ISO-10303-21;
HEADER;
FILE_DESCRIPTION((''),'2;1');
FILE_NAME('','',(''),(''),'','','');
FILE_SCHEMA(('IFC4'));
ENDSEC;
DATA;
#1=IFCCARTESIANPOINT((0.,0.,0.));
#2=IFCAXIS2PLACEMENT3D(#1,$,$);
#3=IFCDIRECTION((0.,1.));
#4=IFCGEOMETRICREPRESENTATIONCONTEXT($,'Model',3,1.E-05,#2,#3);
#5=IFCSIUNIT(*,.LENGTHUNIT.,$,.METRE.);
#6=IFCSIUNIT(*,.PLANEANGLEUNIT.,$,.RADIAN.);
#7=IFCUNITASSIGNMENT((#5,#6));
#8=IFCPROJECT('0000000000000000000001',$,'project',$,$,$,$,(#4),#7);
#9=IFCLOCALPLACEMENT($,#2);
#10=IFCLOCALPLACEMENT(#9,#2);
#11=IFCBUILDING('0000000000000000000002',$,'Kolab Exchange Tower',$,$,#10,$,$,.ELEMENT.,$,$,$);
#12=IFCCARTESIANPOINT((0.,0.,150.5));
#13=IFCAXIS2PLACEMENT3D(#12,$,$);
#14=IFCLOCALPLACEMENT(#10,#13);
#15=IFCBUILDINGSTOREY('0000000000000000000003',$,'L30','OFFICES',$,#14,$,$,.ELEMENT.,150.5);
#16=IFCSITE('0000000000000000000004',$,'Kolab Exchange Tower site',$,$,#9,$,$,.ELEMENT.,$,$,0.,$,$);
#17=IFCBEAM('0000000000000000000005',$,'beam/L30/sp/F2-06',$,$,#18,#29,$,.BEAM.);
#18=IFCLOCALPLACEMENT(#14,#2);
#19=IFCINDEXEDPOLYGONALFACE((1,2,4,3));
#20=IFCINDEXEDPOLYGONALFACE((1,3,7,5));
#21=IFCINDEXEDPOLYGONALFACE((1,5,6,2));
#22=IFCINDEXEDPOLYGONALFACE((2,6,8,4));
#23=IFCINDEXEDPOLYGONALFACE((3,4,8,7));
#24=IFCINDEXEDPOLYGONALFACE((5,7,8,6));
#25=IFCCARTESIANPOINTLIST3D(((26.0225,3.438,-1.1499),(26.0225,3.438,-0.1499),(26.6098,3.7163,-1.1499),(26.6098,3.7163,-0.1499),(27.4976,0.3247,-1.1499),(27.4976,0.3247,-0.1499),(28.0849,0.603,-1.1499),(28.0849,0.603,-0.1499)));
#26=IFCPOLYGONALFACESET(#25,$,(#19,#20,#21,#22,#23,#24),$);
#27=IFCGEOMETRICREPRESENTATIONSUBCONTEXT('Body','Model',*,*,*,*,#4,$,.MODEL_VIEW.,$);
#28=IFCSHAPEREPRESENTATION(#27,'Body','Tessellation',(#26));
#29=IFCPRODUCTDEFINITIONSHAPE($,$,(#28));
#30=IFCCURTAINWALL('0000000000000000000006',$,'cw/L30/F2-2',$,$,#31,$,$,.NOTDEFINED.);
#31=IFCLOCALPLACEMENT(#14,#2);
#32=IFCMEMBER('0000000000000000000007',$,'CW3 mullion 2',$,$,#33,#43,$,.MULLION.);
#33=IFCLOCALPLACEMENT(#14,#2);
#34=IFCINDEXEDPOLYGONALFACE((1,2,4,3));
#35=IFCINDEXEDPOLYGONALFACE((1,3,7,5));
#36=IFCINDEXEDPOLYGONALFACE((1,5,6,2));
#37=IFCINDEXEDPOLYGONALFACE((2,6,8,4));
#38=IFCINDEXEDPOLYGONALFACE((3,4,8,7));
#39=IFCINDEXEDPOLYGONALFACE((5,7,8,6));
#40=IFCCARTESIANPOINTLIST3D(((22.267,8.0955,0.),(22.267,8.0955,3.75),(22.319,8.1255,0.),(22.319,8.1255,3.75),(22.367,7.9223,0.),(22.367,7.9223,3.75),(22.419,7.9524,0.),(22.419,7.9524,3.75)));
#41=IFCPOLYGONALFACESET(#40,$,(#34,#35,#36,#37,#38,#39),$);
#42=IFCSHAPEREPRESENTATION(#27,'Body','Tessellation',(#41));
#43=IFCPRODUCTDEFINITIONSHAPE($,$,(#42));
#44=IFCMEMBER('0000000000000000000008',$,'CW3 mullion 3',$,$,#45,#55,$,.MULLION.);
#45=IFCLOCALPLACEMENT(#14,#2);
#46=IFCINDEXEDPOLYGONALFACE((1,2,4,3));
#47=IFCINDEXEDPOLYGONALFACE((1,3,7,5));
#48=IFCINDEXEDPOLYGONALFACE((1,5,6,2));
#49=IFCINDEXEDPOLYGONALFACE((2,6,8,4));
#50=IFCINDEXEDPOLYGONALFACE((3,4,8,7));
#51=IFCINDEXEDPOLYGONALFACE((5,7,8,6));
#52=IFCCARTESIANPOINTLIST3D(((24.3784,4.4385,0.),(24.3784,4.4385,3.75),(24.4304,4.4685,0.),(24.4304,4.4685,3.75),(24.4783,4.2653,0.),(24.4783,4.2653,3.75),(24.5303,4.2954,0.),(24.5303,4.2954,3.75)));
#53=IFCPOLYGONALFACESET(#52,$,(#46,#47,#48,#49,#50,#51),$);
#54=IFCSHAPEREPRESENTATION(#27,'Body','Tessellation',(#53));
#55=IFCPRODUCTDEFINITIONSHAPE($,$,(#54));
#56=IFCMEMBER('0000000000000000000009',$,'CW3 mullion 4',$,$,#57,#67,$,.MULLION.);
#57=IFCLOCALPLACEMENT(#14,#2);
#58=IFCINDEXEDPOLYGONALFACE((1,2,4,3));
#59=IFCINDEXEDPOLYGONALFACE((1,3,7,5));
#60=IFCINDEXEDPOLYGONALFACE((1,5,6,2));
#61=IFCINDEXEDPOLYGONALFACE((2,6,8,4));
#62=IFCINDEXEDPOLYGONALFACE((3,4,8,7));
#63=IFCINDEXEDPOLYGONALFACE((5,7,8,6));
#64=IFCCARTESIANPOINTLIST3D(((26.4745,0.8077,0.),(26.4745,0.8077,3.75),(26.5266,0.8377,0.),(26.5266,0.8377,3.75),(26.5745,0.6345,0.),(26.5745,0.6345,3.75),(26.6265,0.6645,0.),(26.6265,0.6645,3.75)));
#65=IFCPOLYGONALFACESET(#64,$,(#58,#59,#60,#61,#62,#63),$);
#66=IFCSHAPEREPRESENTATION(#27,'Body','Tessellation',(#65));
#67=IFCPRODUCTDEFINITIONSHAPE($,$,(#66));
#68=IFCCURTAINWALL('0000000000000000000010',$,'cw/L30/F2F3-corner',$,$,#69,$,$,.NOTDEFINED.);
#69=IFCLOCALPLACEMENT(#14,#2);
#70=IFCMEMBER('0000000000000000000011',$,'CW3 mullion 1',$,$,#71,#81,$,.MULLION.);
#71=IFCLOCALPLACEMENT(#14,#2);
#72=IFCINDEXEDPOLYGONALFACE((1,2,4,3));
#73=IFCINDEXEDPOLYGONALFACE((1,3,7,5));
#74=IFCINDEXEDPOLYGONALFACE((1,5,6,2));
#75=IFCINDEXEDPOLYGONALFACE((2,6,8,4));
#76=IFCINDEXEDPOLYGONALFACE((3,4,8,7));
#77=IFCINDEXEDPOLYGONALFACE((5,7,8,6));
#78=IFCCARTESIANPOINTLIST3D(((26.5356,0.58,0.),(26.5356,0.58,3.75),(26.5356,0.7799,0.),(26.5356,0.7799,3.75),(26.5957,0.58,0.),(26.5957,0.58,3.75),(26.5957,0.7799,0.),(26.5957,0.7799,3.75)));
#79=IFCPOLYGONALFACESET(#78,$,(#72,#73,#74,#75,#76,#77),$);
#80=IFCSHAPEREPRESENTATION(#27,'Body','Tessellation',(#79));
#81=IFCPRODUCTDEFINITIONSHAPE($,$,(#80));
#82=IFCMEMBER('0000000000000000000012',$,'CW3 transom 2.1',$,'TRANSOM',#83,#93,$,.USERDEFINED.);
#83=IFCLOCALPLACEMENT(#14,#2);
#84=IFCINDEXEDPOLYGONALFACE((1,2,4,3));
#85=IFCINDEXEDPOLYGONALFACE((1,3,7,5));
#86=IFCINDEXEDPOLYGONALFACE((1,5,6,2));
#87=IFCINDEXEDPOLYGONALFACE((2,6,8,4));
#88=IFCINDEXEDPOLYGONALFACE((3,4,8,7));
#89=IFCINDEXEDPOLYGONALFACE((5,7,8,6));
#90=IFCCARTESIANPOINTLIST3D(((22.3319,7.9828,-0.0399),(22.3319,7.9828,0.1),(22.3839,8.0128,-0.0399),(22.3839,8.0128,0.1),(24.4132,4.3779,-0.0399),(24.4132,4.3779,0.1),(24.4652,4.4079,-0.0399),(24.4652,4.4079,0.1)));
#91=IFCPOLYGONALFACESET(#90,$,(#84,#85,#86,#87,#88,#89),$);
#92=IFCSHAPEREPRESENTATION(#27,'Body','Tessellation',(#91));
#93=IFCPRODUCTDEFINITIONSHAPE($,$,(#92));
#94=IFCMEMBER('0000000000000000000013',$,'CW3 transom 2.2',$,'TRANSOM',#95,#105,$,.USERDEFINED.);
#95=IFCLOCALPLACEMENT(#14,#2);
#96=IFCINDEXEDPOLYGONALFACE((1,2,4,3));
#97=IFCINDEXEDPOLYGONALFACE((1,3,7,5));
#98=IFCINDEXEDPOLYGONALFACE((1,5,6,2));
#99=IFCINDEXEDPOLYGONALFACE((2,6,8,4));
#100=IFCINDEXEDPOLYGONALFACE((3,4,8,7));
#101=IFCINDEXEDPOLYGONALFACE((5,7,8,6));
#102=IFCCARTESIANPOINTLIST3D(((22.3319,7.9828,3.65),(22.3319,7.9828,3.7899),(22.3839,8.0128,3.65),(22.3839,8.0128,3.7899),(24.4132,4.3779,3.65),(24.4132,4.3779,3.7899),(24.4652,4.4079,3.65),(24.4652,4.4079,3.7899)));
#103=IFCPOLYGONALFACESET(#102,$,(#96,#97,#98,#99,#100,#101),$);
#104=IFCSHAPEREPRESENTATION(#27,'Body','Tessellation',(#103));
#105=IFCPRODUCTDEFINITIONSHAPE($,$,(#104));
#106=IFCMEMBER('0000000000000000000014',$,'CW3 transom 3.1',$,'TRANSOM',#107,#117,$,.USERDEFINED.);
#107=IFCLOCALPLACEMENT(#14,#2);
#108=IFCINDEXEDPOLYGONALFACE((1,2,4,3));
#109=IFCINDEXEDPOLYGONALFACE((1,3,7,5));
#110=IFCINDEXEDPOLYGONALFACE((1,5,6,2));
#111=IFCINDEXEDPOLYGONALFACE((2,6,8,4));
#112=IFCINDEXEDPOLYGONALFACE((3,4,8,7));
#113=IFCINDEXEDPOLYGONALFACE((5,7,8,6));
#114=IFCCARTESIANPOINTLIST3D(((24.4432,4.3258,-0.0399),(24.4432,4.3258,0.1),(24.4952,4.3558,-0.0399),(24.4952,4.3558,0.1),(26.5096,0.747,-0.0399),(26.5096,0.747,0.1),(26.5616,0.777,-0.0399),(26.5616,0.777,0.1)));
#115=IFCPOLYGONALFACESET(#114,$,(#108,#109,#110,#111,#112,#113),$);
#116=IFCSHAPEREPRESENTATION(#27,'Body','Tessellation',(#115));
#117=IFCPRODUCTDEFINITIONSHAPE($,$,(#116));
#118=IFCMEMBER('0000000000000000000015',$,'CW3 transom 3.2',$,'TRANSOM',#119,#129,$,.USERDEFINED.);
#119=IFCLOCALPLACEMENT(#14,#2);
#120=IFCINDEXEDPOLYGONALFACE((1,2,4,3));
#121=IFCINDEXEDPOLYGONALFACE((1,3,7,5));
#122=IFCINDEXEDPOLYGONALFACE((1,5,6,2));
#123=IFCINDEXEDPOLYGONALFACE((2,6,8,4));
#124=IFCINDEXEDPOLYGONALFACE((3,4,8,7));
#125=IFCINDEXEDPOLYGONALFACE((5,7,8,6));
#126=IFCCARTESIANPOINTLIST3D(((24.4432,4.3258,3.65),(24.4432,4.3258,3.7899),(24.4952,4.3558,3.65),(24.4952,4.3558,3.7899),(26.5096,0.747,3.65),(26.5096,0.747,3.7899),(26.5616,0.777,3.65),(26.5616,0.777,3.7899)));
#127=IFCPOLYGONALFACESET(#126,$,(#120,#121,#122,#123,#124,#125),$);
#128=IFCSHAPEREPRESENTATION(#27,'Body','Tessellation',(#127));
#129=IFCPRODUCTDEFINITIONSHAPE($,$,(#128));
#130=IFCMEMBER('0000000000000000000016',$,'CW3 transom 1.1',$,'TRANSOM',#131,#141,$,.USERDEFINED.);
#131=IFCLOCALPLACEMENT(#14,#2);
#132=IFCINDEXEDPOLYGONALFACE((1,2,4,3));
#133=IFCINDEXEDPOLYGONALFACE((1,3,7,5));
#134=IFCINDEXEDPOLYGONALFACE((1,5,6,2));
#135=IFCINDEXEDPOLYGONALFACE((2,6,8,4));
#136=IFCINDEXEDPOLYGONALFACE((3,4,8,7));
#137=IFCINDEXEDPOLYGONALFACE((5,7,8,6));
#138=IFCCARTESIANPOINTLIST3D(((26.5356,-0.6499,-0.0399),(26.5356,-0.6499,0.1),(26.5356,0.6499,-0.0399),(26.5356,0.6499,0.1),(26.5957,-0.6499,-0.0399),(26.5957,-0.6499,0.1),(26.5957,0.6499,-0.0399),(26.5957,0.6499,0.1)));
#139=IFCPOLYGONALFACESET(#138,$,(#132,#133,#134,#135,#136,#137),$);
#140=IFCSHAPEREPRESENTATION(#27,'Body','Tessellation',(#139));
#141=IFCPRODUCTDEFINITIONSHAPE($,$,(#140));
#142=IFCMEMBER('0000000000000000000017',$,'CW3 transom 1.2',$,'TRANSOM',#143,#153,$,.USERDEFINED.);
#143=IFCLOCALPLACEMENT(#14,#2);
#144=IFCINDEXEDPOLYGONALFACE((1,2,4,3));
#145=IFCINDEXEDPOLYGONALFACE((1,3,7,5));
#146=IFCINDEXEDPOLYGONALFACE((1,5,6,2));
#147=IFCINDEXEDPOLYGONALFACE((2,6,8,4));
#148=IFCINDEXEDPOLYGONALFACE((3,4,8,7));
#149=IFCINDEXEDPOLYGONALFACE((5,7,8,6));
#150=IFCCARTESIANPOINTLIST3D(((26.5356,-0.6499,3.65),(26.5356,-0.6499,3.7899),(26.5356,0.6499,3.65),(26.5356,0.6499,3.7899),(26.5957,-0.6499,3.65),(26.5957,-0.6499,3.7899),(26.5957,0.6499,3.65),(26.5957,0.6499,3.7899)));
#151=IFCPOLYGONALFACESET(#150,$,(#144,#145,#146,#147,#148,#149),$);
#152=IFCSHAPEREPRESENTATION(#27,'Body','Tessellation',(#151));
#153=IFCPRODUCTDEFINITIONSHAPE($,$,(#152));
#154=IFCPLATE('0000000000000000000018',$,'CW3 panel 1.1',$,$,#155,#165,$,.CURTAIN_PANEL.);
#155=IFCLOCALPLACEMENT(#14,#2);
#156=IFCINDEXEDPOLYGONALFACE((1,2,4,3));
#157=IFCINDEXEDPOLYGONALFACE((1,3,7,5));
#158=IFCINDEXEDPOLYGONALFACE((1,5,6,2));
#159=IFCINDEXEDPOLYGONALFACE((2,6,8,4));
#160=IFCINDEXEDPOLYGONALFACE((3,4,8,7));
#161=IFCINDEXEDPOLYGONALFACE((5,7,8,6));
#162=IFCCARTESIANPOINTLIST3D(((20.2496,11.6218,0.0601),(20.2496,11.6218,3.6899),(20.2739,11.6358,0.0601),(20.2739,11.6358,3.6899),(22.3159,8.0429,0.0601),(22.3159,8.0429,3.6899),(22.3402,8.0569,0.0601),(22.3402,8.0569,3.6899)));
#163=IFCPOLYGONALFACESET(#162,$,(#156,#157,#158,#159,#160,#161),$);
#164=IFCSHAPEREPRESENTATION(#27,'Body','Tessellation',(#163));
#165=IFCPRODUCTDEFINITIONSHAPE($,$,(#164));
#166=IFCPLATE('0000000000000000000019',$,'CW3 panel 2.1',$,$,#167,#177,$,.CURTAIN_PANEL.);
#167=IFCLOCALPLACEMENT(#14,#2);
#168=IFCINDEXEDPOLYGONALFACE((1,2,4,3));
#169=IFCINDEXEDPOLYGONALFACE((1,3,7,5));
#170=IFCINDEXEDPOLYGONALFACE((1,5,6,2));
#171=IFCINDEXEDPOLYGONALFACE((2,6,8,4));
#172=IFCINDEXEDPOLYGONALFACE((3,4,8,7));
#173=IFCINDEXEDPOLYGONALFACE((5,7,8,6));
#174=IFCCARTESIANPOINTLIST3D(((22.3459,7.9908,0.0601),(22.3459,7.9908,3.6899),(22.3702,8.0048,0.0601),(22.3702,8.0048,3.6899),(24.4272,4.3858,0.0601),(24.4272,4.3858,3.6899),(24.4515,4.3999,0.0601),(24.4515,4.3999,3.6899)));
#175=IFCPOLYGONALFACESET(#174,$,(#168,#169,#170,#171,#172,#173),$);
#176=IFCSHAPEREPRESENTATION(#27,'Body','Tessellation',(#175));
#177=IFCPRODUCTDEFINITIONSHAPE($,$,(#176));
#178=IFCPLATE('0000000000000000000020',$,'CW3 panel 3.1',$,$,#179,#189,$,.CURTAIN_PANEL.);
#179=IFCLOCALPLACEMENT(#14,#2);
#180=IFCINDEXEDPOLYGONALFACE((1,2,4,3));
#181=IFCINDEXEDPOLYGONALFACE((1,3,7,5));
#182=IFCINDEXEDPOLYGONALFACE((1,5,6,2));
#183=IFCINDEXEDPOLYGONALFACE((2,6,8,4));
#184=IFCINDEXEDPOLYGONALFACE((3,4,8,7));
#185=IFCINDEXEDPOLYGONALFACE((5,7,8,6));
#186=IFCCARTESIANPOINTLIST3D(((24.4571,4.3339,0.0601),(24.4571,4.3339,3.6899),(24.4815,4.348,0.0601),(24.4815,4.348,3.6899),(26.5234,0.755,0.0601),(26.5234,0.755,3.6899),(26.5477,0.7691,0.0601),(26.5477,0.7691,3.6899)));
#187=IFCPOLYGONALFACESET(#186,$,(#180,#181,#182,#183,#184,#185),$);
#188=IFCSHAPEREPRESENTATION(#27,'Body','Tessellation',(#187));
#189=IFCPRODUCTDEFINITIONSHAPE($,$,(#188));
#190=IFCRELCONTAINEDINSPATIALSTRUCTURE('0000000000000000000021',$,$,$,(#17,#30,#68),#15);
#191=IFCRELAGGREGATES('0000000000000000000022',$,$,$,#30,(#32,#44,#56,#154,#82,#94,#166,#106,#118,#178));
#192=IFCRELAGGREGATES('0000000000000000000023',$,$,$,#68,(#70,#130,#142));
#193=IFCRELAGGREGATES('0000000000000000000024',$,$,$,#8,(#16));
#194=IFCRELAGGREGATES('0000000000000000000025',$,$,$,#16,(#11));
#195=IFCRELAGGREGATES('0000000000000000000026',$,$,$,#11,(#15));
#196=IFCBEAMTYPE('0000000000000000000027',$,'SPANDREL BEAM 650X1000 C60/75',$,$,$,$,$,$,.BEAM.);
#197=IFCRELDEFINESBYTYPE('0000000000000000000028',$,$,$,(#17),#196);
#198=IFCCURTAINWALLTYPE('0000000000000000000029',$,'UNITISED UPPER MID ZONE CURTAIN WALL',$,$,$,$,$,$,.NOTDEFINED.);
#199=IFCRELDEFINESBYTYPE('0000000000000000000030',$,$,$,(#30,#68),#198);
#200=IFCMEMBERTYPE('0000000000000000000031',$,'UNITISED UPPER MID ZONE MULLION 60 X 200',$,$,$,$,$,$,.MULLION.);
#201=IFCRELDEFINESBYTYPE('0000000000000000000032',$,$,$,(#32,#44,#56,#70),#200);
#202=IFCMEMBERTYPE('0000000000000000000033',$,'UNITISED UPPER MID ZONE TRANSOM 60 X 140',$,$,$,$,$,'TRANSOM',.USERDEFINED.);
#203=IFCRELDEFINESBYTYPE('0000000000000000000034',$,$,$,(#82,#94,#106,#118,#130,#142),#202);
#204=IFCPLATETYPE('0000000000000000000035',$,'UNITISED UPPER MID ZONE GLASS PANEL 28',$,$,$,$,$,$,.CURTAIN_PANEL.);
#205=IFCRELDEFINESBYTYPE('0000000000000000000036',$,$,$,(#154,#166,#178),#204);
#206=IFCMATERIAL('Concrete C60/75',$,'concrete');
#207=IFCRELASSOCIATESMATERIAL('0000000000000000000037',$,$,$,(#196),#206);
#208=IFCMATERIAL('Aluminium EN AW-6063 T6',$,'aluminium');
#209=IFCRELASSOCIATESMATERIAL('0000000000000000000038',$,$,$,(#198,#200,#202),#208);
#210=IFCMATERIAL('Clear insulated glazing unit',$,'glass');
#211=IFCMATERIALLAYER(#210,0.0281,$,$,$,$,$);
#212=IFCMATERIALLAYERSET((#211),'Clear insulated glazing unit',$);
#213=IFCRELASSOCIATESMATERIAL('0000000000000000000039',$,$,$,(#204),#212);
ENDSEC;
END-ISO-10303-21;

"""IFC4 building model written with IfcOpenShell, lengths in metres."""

from ifc_helpers import new_model, si_unit, direction, frame, origin, origin_2d, place, context, subcontext, project, spatial, rectangle, extrude, material, layer, layer_set, material_profile, profile_set, type_object, element, aggregate, save


model = new_model("IFC4")

# Units and contexts
model_context = context("Model", 3, precision=1e-05, world=origin(), true_north=direction((0.0, 1.0)))
body_context = subcontext(model_context, "Body", "Model", "MODEL_VIEW")
ifc_project = project(units=[si_unit("LENGTHUNIT", "METRE"), si_unit("PLANEANGLEUNIT", "RADIAN")], contexts=[model_context])

# Site, building, storey
site_placement = place(None, origin())
site = spatial("IfcSite", under=ifc_project, at=site_placement, Name="Kolab Exchange Tower site", CompositionType="ELEMENT", RefElevation=0.0)
building_placement = place(site_placement, origin())
building = spatial("IfcBuilding", under=site, at=building_placement, Name="Kolab Exchange Tower", CompositionType="ELEMENT")
storey_placement = place(building_placement, frame((0.0, 0.0, 150.5)))
storey = spatial("IfcBuildingStorey", under=building, at=storey_placement, Name="L30", Description="OFFICES", CompositionType="ELEMENT", Elevation=150.5)

# Shared definitions
ifc_material_1 = material(Name="Concrete C60/75", Category="concrete")

# Beam
ifc_material_profile_1 = material_profile(ifc_material_1, rectangle(XDim=0.6499, YDim=1.0, at=origin_2d()), Name="RC650X1000")
ifc_profile_set_1 = profile_set([ifc_material_profile_1], Name="Concrete C60/75")
beam_type_1 = type_object("IfcBeamType", Name="SPANDREL BEAM 650X1000 C60/75", PredefinedType="BEAM", material=ifc_profile_set_1)
beam_1_placement = place(storey_placement, frame((26.3162, 3.5771, -0.6499), z_axis=(0.428178, -0.903695, 0.0), x_axis=(0.903695, 0.428178, 0.0)))
element("IfcBeam", 1, at=beam_1_placement, inside=storey, type_object=beam_type_1, Name="beam/L30/sp/F2-06", PredefinedType="BEAM", context=body_context, shape_type="SweptSolid", body=[
    extrude(rectangle(XDim=0.6499, YDim=1.0, at=origin_2d()), origin(), (0.0, 0.0, 1.0), 3.4451),
])

# Curtain wall, members
ifc_material_2 = material(Name="Aluminium EN AW-6063 T6", Category="aluminium")
curtain_wall_type = type_object("IfcCurtainWallType", Name="UNITISED UPPER MID ZONE CURTAIN WALL", PredefinedType="NOTDEFINED", material=ifc_material_2)
curtain_wall_1_placement = place(storey_placement, origin())
curtain_wall_1 = element("IfcCurtainWall", 2, at=curtain_wall_1_placement, inside=storey, type_object=curtain_wall_type, Name="cw/L30/F2-2", PredefinedType="NOTDEFINED")
ifc_material_profile_2 = material_profile(ifc_material_2, rectangle(XDim=0.0601, YDim=0.2, at=origin_2d()), Name="RECT 60X200")
ifc_profile_set_2 = profile_set([ifc_material_profile_2], Name="Aluminium EN AW-6063 T6")
member_type_1 = type_object("IfcMemberType", Name="UNITISED UPPER MID ZONE MULLION 60 X 200", PredefinedType="MULLION", material=ifc_profile_set_2)
member_1_placement = place(storey_placement, frame((22.343, 8.0239, 0.0), z_axis=(0.0, 0.0, 1.0), x_axis=(0.866025, 0.5, 0.0)))
member_1 = element("IfcMember", 3, at=member_1_placement, type_object=member_type_1, Name="CW3 mullion 2", PredefinedType="MULLION", context=body_context, shape_type="SweptSolid", body=[
    extrude(rectangle(XDim=0.0601, YDim=0.2, at=origin_2d()), origin(), (0.0, 0.0, 1.0), 3.75),
])
member_2_placement = place(storey_placement, frame((24.4543, 4.3669, 0.0), z_axis=(0.0, 0.0, 1.0), x_axis=(0.866025, 0.5, 0.0)))
member_2 = element("IfcMember", 4, at=member_2_placement, type_object=member_type_1, Name="CW3 mullion 3", PredefinedType="MULLION", context=body_context, shape_type="SweptSolid", body=[
    extrude(rectangle(XDim=0.0601, YDim=0.2, at=origin_2d()), origin(), (0.0, 0.0, 1.0), 3.75),
])
member_3_placement = place(storey_placement, frame((26.5505, 0.7361, 0.0), z_axis=(0.0, 0.0, 1.0), x_axis=(0.866025, 0.5, 0.0)))
member_3 = element("IfcMember", 5, at=member_3_placement, type_object=member_type_1, Name="CW3 mullion 4", PredefinedType="MULLION", context=body_context, shape_type="SweptSolid", body=[
    extrude(rectangle(XDim=0.0601, YDim=0.2, at=origin_2d()), origin(), (0.0, 0.0, 1.0), 3.75),
])

# Curtain wall, member
curtain_wall_2_placement = place(storey_placement, origin())
curtain_wall_2 = element("IfcCurtainWall", 6, at=curtain_wall_2_placement, inside=storey, type_object=curtain_wall_type, Name="cw/L30/F2F3-corner", PredefinedType="NOTDEFINED")
member_4_placement = place(storey_placement, frame((26.5657, 0.6799, 0.0), z_axis=(0.0, 0.0, 1.0), x_axis=(1.0, 0.0, 0.0)))
member_4 = element("IfcMember", 7, at=member_4_placement, type_object=member_type_1, Name="CW3 mullion 1", PredefinedType="MULLION", context=body_context, shape_type="SweptSolid", body=[
    extrude(rectangle(XDim=0.0601, YDim=0.2, at=origin_2d()), origin(), (0.0, 0.0, 1.0), 3.75),
])

# Members
ifc_material_profile_3 = material_profile(ifc_material_2, rectangle(XDim=0.0601, YDim=0.1399, at=origin_2d()), Name="RECT 60X140")
ifc_profile_set_3 = profile_set([ifc_material_profile_3], Name="Aluminium EN AW-6063 T6")
member_type_2 = type_object("IfcMemberType", Name="UNITISED UPPER MID ZONE TRANSOM 60 X 140", ElementType="TRANSOM", PredefinedType="USERDEFINED", material=ifc_profile_set_3)
member_5_placement = place(storey_placement, frame((22.3579, 7.9978, 0.03), z_axis=(0.499993, -0.866029, 0.0), x_axis=(0.866029, 0.499993, 0.0)))
member_5 = element("IfcMember", 8, at=member_5_placement, type_object=member_type_2, Name="CW3 transom 2.1", ObjectType="TRANSOM", PredefinedType="USERDEFINED", context=body_context, shape_type="SweptSolid", body=[
    extrude(rectangle(XDim=0.0601, YDim=0.1399, at=origin_2d()), origin(), (0.0, 0.0, 1.0), 4.1626),
])
member_6_placement = place(storey_placement, frame((22.3579, 7.9978, 3.72), z_axis=(0.499993, -0.866029, 0.0), x_axis=(0.866029, 0.499993, 0.0)))
member_6 = element("IfcMember", 9, at=member_6_placement, type_object=member_type_2, Name="CW3 transom 2.2", ObjectType="TRANSOM", PredefinedType="USERDEFINED", context=body_context, shape_type="SweptSolid", body=[
    extrude(rectangle(XDim=0.0601, YDim=0.1399, at=origin_2d()), origin(), (0.0, 0.0, 1.0), 4.1626),
])
member_7_placement = place(storey_placement, frame((24.4692, 4.3408, 0.03), z_axis=(0.500028, -0.866009, 0.0), x_axis=(0.866009, 0.500028, 0.0)))
member_7 = element("IfcMember", 10, at=member_7_placement, type_object=member_type_2, Name="CW3 transom 3.1", ObjectType="TRANSOM", PredefinedType="USERDEFINED", context=body_context, shape_type="SweptSolid", body=[
    extrude(rectangle(XDim=0.0601, YDim=0.1399, at=origin_2d()), origin(), (0.0, 0.0, 1.0), 4.1326),
])
member_8_placement = place(storey_placement, frame((24.4692, 4.3408, 3.72), z_axis=(0.500028, -0.866009, 0.0), x_axis=(0.866009, 0.500028, 0.0)))
member_8 = element("IfcMember", 11, at=member_8_placement, type_object=member_type_2, Name="CW3 transom 3.2", ObjectType="TRANSOM", PredefinedType="USERDEFINED", context=body_context, shape_type="SweptSolid", body=[
    extrude(rectangle(XDim=0.0601, YDim=0.1399, at=origin_2d()), origin(), (0.0, 0.0, 1.0), 4.1326),
])
member_9_placement = place(storey_placement, frame((26.5657, 0.6499, 0.03), z_axis=(0.0, -1.0, 0.0), x_axis=(1.0, 0.0, 0.0)))
member_9 = element("IfcMember", 12, at=member_9_placement, type_object=member_type_2, Name="CW3 transom 1.1", ObjectType="TRANSOM", PredefinedType="USERDEFINED", context=body_context, shape_type="SweptSolid", body=[
    extrude(rectangle(XDim=0.0601, YDim=0.1399, at=origin_2d()), origin(), (0.0, 0.0, 1.0), 1.2998),
])
member_10_placement = place(storey_placement, frame((26.5657, 0.6499, 3.72), z_axis=(0.0, -1.0, 0.0), x_axis=(1.0, 0.0, 0.0)))
member_10 = element("IfcMember", 13, at=member_10_placement, type_object=member_type_2, Name="CW3 transom 1.2", ObjectType="TRANSOM", PredefinedType="USERDEFINED", context=body_context, shape_type="SweptSolid", body=[
    extrude(rectangle(XDim=0.0601, YDim=0.1399, at=origin_2d()), origin(), (0.0, 0.0, 1.0), 1.2998),
])

# Plates
ifc_material_3 = material(Name="Clear insulated glazing unit", Category="glass")
ifc_layer_1 = layer(ifc_material_3, 0.0281)
ifc_layer_set_1 = layer_set([ifc_layer_1], Name="Clear insulated glazing unit")
plate_type = type_object("IfcPlateType", Name="UNITISED UPPER MID ZONE GLASS PANEL 28", PredefinedType="CURTAIN_PANEL", material=ifc_layer_set_1)
plate_1_placement = place(storey_placement, frame((21.2949, 9.8394, 0.0601), z_axis=(0.0, 0.0, 1.0), x_axis=(0.5, -0.866025, 0.0)))
plate_1 = element("IfcPlate", 14, at=plate_1_placement, type_object=plate_type, Name="CW3 panel 1.1", PredefinedType="CURTAIN_PANEL", context=body_context, shape_type="SweptSolid", body=[
    extrude(rectangle(XDim=4.1326, YDim=0.0281, at=origin_2d()), origin(), (0.0, 0.0, 1.0), 3.6299),
])
plate_2_placement = place(storey_placement, frame((23.3987, 6.1953, 0.0601), z_axis=(0.0, 0.0, 1.0), x_axis=(0.5, -0.866025, 0.0)))
plate_2 = element("IfcPlate", 15, at=plate_2_placement, type_object=plate_type, Name="CW3 panel 2.1", PredefinedType="CURTAIN_PANEL", context=body_context, shape_type="SweptSolid", body=[
    extrude(rectangle(XDim=4.1626, YDim=0.0281, at=origin_2d()), origin(), (0.0, 0.0, 1.0), 3.6299),
])
plate_3_placement = place(storey_placement, frame((25.5024, 2.5515, 0.0601), z_axis=(0.0, 0.0, 1.0), x_axis=(0.5, -0.866025, 0.0)))
plate_3 = element("IfcPlate", 16, at=plate_3_placement, type_object=plate_type, Name="CW3 panel 3.1", PredefinedType="CURTAIN_PANEL", context=body_context, shape_type="SweptSolid", body=[
    extrude(rectangle(XDim=4.1326, YDim=0.0281, at=origin_2d()), origin(), (0.0, 0.0, 1.0), 3.6299),
])
aggregate(curtain_wall_1, [member_1, member_2, member_3, plate_1, member_5, member_6, plate_2, member_7, member_8, plate_3])
aggregate(curtain_wall_2, [member_4, member_9, member_10])

save(model, "model.ifc")
